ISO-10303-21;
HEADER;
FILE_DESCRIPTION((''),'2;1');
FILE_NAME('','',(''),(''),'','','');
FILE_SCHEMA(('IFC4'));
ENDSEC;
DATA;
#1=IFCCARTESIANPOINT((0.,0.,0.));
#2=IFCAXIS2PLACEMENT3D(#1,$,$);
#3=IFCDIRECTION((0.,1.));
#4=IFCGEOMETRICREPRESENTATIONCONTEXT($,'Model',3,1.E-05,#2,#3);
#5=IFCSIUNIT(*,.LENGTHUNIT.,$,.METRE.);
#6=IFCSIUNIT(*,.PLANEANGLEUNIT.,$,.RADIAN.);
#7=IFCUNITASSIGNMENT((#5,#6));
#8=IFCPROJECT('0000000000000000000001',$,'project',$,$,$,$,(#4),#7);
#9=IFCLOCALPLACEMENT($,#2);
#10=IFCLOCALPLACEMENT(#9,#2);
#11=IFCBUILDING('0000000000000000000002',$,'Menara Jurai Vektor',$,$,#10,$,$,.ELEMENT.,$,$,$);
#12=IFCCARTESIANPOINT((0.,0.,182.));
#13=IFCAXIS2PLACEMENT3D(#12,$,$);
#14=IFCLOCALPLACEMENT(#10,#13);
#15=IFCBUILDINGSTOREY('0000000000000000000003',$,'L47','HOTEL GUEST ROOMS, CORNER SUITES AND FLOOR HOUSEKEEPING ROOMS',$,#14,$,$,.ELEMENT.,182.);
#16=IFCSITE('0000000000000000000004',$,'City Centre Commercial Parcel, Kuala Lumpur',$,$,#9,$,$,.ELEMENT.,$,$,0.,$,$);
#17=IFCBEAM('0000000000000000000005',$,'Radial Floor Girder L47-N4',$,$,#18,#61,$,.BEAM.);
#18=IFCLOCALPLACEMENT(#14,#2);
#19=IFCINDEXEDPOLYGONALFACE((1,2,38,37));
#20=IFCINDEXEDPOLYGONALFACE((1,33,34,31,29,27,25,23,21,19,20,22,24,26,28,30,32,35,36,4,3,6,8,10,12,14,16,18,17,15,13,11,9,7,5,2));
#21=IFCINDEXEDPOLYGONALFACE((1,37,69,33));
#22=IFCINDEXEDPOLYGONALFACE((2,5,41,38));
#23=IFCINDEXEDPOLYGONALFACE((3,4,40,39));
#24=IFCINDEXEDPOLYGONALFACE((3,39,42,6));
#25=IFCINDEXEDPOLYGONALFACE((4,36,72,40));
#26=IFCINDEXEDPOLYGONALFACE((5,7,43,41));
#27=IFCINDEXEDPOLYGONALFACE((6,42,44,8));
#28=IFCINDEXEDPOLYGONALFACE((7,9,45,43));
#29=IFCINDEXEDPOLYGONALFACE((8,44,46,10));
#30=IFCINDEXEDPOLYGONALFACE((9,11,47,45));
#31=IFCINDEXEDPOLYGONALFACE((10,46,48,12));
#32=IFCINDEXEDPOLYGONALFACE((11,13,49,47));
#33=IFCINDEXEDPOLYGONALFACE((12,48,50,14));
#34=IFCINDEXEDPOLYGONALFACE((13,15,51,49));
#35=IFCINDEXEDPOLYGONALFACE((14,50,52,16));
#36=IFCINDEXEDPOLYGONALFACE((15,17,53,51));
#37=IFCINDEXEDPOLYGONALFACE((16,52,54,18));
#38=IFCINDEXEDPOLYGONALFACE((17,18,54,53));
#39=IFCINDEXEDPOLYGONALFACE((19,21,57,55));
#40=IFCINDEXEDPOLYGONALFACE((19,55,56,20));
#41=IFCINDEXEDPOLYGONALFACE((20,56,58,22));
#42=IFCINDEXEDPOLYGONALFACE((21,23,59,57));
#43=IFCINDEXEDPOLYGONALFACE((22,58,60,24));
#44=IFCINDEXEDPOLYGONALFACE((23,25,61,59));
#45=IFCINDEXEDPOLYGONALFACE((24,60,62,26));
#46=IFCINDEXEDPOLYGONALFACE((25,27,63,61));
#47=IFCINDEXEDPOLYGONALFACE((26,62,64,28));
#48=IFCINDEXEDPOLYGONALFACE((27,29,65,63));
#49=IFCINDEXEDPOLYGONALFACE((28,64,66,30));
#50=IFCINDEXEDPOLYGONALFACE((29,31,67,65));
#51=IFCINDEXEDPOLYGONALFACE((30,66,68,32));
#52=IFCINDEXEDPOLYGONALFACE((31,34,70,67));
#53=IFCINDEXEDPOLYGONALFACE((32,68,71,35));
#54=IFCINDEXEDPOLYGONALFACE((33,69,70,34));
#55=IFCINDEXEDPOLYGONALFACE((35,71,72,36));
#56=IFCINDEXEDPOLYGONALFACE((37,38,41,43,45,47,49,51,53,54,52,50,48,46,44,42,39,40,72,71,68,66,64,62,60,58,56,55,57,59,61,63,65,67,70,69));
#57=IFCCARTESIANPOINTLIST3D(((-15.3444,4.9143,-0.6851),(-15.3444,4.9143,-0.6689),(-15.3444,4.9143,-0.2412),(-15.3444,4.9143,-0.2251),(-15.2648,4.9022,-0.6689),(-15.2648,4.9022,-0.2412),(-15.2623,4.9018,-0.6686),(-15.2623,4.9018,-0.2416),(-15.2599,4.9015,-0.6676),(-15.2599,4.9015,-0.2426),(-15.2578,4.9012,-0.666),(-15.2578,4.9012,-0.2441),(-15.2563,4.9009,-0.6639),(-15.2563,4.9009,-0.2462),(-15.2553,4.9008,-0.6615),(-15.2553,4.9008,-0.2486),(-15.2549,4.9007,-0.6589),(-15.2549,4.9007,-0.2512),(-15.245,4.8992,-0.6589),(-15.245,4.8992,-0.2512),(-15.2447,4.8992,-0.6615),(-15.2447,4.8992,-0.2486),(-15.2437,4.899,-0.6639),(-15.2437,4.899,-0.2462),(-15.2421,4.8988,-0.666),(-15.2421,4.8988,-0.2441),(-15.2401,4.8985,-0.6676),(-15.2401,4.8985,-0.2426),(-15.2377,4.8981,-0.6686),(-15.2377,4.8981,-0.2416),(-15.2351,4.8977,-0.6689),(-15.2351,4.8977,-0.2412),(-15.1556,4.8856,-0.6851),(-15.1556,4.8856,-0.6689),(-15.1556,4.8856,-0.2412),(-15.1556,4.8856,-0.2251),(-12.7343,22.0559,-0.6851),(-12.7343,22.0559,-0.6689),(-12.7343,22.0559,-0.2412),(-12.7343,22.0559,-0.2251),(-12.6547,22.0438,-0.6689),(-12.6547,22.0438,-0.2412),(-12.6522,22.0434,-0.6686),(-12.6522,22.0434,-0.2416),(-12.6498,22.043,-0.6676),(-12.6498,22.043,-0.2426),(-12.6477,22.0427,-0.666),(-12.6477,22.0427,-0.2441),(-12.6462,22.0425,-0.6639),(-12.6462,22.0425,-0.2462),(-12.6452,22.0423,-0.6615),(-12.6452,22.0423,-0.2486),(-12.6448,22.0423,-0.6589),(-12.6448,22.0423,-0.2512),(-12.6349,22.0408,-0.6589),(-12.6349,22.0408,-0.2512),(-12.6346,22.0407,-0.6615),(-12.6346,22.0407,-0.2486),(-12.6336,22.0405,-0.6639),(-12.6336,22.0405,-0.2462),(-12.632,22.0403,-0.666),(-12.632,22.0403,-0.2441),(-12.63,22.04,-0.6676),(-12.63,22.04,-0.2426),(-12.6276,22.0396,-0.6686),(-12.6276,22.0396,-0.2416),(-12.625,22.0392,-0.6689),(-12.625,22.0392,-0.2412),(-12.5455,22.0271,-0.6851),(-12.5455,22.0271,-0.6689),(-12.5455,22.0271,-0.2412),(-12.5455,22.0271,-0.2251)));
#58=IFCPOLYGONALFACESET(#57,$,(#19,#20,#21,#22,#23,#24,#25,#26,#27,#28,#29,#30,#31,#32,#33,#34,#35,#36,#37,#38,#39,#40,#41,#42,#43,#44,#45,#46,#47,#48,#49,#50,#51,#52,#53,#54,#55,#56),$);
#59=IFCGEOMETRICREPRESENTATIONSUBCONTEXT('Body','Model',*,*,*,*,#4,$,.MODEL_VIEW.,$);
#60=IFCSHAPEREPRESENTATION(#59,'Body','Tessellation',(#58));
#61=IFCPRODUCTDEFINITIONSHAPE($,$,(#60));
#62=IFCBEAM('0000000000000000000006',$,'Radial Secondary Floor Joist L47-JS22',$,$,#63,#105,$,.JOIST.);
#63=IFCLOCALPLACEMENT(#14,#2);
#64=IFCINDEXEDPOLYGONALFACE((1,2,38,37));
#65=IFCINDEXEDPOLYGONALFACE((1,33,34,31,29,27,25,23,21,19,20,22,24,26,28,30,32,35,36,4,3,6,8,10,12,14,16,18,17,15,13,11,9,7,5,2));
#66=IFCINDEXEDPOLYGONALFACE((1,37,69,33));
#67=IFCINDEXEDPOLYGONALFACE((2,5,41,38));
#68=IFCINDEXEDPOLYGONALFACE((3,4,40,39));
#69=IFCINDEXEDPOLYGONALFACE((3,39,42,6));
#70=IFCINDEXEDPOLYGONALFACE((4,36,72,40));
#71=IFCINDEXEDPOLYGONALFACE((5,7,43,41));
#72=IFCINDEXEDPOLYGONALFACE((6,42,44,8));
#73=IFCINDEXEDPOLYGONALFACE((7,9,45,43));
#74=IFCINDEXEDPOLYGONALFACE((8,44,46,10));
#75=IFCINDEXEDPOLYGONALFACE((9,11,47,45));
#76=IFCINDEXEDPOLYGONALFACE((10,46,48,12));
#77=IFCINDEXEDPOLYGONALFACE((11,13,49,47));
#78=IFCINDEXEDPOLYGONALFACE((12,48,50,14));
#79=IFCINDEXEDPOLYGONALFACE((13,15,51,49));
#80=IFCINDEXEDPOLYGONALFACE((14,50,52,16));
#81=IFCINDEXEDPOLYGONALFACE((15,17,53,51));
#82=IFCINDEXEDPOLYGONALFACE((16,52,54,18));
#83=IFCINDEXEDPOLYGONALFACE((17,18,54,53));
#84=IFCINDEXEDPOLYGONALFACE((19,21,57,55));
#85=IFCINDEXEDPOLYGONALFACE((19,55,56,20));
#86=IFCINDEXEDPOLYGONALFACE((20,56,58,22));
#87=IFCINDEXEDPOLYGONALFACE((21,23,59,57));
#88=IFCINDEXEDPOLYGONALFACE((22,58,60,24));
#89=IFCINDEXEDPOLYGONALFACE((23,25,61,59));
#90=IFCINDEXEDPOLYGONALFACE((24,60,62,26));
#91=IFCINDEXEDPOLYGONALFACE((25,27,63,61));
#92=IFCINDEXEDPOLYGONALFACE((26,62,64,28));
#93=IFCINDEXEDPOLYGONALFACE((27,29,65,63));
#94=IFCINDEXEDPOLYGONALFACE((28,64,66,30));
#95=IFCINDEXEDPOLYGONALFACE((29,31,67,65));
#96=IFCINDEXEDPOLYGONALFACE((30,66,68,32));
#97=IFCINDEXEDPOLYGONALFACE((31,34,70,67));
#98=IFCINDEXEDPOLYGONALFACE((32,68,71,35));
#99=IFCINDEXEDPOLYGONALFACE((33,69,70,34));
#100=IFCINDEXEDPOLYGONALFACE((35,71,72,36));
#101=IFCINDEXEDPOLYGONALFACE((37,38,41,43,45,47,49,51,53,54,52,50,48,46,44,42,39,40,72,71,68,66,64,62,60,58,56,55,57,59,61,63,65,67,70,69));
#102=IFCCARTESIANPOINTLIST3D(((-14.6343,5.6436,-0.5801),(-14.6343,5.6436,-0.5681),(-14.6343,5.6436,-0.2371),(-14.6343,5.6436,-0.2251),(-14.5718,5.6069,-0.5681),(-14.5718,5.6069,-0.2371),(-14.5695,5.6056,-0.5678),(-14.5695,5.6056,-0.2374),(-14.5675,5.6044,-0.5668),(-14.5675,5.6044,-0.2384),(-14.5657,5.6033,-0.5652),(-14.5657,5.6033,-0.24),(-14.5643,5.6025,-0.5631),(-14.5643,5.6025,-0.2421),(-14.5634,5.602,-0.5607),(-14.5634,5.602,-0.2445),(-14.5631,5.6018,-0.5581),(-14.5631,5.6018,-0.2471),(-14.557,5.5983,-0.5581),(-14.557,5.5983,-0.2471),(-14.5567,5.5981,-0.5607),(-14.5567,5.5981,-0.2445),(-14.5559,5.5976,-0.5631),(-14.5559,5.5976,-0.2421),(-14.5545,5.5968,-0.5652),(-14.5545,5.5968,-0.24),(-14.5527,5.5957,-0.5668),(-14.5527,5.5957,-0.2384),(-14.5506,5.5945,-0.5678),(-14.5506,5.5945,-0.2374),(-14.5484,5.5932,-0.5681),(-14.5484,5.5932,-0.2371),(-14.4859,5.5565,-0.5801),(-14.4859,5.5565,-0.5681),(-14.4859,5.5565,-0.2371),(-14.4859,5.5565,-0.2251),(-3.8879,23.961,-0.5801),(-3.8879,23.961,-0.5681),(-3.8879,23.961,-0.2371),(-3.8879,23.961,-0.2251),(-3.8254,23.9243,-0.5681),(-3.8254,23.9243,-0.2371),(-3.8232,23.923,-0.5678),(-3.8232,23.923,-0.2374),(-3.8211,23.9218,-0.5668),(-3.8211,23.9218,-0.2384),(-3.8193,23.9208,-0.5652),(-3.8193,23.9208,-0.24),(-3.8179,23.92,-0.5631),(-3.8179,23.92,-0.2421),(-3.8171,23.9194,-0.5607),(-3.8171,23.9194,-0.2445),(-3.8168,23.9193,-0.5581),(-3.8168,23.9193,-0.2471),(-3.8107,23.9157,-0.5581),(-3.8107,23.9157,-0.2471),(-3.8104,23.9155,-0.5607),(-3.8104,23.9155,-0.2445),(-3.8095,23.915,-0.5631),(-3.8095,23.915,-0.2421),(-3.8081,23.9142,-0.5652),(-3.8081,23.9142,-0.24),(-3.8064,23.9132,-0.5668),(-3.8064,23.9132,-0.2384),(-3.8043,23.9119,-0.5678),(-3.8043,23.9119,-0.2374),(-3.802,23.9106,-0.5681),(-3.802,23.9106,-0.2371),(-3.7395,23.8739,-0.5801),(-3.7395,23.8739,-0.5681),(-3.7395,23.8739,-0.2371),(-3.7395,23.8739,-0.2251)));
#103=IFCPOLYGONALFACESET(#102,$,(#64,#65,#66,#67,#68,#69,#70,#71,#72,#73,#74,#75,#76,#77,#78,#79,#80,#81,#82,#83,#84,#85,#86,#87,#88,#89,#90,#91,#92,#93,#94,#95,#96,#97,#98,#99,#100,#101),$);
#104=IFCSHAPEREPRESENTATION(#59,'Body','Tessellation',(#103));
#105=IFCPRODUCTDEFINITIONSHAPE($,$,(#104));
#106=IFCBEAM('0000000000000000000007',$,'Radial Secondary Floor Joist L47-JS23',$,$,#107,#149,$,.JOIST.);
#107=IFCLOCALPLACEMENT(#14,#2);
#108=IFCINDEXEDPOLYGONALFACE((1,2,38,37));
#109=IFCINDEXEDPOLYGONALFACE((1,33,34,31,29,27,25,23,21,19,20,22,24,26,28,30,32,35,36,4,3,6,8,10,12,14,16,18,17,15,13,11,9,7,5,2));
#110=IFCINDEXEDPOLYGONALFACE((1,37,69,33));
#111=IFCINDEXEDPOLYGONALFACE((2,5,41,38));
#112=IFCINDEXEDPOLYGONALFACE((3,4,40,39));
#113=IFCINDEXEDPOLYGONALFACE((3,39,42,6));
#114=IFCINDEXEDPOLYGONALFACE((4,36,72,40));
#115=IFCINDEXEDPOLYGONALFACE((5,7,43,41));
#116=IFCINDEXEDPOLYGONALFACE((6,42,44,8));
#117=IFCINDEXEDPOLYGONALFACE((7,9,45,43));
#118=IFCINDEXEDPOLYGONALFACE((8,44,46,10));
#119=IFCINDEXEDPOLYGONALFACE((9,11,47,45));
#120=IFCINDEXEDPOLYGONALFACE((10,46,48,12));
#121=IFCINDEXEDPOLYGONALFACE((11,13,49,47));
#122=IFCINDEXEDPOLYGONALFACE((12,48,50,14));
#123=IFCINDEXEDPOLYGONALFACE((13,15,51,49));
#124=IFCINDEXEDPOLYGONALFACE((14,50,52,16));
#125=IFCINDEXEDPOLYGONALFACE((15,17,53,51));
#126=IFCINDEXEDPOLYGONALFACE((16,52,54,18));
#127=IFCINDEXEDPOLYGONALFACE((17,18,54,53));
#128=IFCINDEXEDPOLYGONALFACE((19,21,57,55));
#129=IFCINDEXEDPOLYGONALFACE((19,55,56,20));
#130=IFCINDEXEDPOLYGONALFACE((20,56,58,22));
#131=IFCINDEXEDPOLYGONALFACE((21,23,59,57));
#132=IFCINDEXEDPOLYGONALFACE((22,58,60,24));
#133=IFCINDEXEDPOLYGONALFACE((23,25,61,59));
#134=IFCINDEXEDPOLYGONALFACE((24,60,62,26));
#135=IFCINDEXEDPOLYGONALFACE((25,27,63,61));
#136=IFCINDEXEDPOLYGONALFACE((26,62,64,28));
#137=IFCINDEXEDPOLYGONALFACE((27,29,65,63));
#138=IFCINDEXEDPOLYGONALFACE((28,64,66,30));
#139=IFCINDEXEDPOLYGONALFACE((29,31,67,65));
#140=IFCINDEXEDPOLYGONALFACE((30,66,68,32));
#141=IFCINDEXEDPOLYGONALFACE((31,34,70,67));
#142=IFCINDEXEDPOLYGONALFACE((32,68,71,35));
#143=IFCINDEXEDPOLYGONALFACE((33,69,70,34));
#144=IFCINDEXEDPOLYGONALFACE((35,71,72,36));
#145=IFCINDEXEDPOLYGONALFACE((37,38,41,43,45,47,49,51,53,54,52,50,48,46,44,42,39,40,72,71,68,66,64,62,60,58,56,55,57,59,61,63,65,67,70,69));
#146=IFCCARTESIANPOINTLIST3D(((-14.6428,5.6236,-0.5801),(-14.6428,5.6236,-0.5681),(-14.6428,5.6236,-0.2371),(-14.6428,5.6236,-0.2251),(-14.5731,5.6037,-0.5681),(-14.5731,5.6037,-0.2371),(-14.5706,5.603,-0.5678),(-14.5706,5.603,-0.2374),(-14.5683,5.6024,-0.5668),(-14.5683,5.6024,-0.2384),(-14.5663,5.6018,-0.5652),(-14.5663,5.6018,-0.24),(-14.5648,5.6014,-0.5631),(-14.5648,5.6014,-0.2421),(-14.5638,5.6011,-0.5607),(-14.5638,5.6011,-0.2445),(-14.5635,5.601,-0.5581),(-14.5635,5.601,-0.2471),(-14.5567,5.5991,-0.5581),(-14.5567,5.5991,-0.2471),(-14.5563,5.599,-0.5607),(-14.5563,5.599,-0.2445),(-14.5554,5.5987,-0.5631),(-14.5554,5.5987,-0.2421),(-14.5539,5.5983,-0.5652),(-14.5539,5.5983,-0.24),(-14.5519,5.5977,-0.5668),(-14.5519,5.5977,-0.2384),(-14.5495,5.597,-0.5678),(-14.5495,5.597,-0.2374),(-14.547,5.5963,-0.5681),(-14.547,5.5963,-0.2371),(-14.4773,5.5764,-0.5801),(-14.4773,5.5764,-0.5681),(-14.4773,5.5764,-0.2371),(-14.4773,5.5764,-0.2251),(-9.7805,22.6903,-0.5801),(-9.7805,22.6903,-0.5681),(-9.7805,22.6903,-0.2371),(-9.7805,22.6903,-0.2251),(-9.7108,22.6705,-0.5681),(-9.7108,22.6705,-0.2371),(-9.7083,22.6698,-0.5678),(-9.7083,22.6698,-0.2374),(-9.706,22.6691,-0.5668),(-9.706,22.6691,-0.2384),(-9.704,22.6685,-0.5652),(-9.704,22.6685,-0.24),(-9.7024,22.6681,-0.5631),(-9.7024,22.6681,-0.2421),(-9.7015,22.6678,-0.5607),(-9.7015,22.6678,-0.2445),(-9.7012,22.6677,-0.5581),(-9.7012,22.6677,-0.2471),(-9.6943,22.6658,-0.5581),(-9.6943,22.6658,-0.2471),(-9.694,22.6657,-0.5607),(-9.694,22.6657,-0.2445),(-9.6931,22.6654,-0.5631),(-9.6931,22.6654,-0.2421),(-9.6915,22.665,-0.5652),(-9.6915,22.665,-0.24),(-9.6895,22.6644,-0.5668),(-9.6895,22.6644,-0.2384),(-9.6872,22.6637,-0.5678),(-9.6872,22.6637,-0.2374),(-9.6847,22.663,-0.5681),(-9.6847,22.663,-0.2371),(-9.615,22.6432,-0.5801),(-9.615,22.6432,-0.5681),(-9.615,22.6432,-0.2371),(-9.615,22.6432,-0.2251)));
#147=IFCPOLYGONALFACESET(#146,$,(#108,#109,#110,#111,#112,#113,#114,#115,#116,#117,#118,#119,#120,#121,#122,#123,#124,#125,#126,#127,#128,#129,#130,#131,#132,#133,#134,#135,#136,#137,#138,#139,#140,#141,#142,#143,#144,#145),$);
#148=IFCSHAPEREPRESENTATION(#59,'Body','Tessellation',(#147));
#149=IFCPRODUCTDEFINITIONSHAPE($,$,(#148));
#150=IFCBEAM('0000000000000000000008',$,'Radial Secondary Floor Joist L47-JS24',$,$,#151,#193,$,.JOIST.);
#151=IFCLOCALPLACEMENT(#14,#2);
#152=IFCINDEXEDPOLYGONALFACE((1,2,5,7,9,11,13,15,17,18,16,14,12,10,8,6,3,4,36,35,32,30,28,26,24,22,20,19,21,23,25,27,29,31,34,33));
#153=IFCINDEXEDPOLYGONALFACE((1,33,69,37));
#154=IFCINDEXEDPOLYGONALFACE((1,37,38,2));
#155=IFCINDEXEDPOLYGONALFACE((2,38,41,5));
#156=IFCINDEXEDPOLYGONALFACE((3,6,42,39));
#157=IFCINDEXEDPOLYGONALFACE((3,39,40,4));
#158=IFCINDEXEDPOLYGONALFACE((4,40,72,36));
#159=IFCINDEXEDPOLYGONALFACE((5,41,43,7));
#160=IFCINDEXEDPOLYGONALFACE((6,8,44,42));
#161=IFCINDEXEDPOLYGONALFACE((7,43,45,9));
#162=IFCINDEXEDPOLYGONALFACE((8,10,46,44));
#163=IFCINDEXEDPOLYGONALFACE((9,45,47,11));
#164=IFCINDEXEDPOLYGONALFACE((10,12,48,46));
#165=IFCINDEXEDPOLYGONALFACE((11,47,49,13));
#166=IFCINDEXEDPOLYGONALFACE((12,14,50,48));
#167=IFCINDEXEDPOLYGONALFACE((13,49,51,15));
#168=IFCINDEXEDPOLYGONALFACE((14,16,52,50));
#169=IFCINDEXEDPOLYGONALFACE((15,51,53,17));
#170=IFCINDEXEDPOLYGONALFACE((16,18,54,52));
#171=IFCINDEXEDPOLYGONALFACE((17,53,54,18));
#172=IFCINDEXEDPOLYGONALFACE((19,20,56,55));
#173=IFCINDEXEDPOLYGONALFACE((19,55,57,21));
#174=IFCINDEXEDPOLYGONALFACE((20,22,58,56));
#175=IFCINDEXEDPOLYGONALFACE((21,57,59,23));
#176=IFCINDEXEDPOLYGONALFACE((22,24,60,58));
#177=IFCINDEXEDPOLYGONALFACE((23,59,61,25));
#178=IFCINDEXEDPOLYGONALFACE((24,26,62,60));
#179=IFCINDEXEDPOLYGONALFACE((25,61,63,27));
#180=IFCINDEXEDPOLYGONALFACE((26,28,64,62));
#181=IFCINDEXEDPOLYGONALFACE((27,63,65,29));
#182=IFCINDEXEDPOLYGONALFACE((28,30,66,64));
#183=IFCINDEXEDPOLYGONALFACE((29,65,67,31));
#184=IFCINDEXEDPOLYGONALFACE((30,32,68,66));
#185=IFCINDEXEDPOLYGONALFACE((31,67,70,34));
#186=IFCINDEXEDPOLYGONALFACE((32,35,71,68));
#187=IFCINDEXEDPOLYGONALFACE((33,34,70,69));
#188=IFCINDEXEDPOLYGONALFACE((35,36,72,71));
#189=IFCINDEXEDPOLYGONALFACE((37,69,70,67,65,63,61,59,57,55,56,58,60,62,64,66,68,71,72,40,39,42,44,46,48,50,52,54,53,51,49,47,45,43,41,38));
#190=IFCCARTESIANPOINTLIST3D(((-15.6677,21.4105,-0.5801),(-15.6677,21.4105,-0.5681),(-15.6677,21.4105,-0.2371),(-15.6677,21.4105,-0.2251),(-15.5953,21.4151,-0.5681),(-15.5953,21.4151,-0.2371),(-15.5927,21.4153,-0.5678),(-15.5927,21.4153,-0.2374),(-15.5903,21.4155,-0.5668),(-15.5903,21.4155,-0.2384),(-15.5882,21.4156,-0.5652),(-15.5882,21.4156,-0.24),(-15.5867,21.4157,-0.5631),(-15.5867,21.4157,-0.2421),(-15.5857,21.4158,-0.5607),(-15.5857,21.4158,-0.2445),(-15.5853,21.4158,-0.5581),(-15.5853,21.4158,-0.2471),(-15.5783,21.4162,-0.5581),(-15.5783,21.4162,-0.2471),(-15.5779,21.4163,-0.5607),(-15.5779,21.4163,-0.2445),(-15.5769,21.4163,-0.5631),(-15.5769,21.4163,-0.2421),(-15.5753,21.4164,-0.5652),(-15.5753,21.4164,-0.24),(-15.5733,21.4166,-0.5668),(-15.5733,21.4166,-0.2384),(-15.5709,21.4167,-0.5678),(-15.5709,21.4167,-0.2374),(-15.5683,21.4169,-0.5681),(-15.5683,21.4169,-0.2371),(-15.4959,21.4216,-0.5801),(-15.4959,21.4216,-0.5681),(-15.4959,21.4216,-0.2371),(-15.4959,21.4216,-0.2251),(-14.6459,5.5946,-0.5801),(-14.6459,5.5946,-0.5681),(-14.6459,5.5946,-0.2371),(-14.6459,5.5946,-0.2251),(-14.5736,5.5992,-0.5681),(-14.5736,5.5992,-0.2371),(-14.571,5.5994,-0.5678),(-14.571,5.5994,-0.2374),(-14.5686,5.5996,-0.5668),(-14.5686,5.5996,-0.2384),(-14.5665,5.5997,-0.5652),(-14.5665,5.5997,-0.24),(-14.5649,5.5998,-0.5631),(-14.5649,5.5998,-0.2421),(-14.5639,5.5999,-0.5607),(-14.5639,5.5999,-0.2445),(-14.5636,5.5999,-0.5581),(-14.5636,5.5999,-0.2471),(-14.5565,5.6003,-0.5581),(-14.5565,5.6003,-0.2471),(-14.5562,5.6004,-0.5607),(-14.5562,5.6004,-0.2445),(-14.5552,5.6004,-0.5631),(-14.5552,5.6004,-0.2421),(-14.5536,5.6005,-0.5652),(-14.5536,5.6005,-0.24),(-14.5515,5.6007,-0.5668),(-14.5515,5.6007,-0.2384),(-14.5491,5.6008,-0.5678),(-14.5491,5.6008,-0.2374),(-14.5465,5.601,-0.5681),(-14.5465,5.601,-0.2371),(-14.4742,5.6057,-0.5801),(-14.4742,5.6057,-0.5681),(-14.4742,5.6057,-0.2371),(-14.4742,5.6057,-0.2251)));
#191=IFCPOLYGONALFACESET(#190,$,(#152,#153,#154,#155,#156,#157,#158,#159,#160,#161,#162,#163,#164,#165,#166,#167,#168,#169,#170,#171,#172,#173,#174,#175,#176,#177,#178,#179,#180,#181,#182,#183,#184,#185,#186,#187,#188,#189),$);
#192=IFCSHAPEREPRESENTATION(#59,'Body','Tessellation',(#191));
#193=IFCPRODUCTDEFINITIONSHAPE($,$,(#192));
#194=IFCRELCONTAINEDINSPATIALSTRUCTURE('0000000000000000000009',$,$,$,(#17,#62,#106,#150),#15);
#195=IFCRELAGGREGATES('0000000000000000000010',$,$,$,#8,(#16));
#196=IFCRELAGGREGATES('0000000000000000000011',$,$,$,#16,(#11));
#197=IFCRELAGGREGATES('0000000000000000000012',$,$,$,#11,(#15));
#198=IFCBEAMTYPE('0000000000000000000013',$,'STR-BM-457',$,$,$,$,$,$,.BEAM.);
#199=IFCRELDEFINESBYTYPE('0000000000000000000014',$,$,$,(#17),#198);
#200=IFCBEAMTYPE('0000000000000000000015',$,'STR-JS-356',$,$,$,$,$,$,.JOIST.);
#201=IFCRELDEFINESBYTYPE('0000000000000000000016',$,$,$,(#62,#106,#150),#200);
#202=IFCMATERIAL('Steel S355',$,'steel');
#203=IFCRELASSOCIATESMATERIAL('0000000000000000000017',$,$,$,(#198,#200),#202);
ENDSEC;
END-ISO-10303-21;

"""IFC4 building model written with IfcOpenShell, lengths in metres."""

from ifc_helpers import new_model, si_unit, direction, frame, origin, origin_2d, place, context, subcontext, project, spatial, i_section, extrude, material, material_profile, profile_set, type_object, element, save


model = new_model("IFC4")

# Units and contexts
model_context = context("Model", 3, precision=1e-05, world=origin(), true_north=direction((0.0, 1.0)))
body_context = subcontext(model_context, "Body", "Model", "MODEL_VIEW")
ifc_project = project(units=[si_unit("LENGTHUNIT", "METRE"), si_unit("PLANEANGLEUNIT", "RADIAN")], contexts=[model_context])

# Site, building, storey
site_placement = place(None, origin())
site = spatial("IfcSite", under=ifc_project, at=site_placement, Name="City Centre Commercial Parcel, Kuala Lumpur", CompositionType="ELEMENT", RefElevation=0.0)
building_placement = place(site_placement, origin())
building = spatial("IfcBuilding", under=site, at=building_placement, Name="Menara Jurai Vektor", CompositionType="ELEMENT")
storey_placement = place(building_placement, frame((0.0, 0.0, 182.0)))
storey = spatial("IfcBuildingStorey", under=building, at=storey_placement, Name="L47", Description="HOTEL GUEST ROOMS, CORNER SUITES AND FLOOR HOUSEKEEPING ROOMS", CompositionType="ELEMENT", Elevation=182.0)

# Beams
ifc_material_1 = material(Name="Steel S355", Category="steel")
ifc_material_profile_1 = material_profile(ifc_material_1, i_section(OverallWidth=0.1909, OverallDepth=0.46, WebThickness=0.01, FlangeThickness=0.0161, FilletRadius=0.01, at=origin_2d()), Name="UKB 457x191x82")
ifc_profile_set_1 = profile_set([ifc_material_profile_1], Name="Steel S355")
beam_type_1 = type_object("IfcBeamType", Name="STR-BM-457", PredefinedType="BEAM", material=ifc_profile_set_1)
beam_1_placement = place(storey_placement, frame((-12.6399, 22.0415, -0.4551), z_axis=(-0.150532, -0.988605, 0.0), x_axis=(0.988605, -0.150532, 0.0)))
element("IfcBeam", 1, at=beam_1_placement, inside=storey, type_object=beam_type_1, Name="Radial Floor Girder L47-N4", PredefinedType="BEAM", context=body_context, shape_type="SweptSolid", body=[
    extrude(i_section(OverallWidth=0.1909, OverallDepth=0.46, WebThickness=0.01, FlangeThickness=0.0161, FilletRadius=0.01, at=origin_2d()), origin(), (0.0, 0.0, 1.0), 17.3391),
])
ifc_material_profile_2 = material_profile(ifc_material_1, i_section(OverallWidth=0.1721, OverallDepth=0.355, WebThickness=0.0071, FlangeThickness=0.012, FilletRadius=0.01, at=origin_2d()), Name="UKB 356x171x51")
ifc_profile_set_2 = profile_set([ifc_material_profile_2], Name="Steel S355")
beam_type_2 = type_object("IfcBeamType", Name="STR-JS-356", PredefinedType="JOIST", material=ifc_profile_set_2)
beam_2_placement = place(storey_placement, frame((-3.8137, 23.9175, -0.4026), z_axis=(-0.50602, -0.862522, 0.0), x_axis=(0.862522, -0.50602, 0.0)))
element("IfcBeam", 2, at=beam_2_placement, inside=storey, type_object=beam_type_2, Name="Radial Secondary Floor Joist L47-JS22", PredefinedType="JOIST", context=body_context, shape_type="SweptSolid", body=[
    extrude(i_section(OverallWidth=0.1721, OverallDepth=0.355, WebThickness=0.0071, FlangeThickness=0.012, FilletRadius=0.01, at=origin_2d()), origin(), (0.0, 0.0, 1.0), 21.2371),
])
beam_3_placement = place(storey_placement, frame((-9.6978, 22.6667, -0.4026), z_axis=(-0.273998, -0.96173, 0.0), x_axis=(0.96173, -0.273998, 0.0)))
element("IfcBeam", 3, at=beam_3_placement, inside=storey, type_object=beam_type_2, Name="Radial Secondary Floor Joist L47-JS23", PredefinedType="JOIST", context=body_context, shape_type="SweptSolid", body=[
    extrude(i_section(OverallWidth=0.1721, OverallDepth=0.355, WebThickness=0.0071, FlangeThickness=0.012, FilletRadius=0.01, at=origin_2d()), origin(), (0.0, 0.0, 1.0), 17.7458),
])
beam_4_placement = place(storey_placement, frame((-15.5818, 21.416, -0.4026), z_axis=(0.064467, -0.99792, 0.0), x_axis=(0.99792, 0.064467, 0.0)))
element("IfcBeam", 4, at=beam_4_placement, inside=storey, type_object=beam_type_2, Name="Radial Secondary Floor Joist L47-JS24", PredefinedType="JOIST", context=body_context, shape_type="SweptSolid", body=[
    extrude(i_section(OverallWidth=0.1721, OverallDepth=0.355, WebThickness=0.0071, FlangeThickness=0.012, FilletRadius=0.01, at=origin_2d()), origin(), (0.0, 0.0, 1.0), 15.8489),
])

save(model, "model.ifc")
